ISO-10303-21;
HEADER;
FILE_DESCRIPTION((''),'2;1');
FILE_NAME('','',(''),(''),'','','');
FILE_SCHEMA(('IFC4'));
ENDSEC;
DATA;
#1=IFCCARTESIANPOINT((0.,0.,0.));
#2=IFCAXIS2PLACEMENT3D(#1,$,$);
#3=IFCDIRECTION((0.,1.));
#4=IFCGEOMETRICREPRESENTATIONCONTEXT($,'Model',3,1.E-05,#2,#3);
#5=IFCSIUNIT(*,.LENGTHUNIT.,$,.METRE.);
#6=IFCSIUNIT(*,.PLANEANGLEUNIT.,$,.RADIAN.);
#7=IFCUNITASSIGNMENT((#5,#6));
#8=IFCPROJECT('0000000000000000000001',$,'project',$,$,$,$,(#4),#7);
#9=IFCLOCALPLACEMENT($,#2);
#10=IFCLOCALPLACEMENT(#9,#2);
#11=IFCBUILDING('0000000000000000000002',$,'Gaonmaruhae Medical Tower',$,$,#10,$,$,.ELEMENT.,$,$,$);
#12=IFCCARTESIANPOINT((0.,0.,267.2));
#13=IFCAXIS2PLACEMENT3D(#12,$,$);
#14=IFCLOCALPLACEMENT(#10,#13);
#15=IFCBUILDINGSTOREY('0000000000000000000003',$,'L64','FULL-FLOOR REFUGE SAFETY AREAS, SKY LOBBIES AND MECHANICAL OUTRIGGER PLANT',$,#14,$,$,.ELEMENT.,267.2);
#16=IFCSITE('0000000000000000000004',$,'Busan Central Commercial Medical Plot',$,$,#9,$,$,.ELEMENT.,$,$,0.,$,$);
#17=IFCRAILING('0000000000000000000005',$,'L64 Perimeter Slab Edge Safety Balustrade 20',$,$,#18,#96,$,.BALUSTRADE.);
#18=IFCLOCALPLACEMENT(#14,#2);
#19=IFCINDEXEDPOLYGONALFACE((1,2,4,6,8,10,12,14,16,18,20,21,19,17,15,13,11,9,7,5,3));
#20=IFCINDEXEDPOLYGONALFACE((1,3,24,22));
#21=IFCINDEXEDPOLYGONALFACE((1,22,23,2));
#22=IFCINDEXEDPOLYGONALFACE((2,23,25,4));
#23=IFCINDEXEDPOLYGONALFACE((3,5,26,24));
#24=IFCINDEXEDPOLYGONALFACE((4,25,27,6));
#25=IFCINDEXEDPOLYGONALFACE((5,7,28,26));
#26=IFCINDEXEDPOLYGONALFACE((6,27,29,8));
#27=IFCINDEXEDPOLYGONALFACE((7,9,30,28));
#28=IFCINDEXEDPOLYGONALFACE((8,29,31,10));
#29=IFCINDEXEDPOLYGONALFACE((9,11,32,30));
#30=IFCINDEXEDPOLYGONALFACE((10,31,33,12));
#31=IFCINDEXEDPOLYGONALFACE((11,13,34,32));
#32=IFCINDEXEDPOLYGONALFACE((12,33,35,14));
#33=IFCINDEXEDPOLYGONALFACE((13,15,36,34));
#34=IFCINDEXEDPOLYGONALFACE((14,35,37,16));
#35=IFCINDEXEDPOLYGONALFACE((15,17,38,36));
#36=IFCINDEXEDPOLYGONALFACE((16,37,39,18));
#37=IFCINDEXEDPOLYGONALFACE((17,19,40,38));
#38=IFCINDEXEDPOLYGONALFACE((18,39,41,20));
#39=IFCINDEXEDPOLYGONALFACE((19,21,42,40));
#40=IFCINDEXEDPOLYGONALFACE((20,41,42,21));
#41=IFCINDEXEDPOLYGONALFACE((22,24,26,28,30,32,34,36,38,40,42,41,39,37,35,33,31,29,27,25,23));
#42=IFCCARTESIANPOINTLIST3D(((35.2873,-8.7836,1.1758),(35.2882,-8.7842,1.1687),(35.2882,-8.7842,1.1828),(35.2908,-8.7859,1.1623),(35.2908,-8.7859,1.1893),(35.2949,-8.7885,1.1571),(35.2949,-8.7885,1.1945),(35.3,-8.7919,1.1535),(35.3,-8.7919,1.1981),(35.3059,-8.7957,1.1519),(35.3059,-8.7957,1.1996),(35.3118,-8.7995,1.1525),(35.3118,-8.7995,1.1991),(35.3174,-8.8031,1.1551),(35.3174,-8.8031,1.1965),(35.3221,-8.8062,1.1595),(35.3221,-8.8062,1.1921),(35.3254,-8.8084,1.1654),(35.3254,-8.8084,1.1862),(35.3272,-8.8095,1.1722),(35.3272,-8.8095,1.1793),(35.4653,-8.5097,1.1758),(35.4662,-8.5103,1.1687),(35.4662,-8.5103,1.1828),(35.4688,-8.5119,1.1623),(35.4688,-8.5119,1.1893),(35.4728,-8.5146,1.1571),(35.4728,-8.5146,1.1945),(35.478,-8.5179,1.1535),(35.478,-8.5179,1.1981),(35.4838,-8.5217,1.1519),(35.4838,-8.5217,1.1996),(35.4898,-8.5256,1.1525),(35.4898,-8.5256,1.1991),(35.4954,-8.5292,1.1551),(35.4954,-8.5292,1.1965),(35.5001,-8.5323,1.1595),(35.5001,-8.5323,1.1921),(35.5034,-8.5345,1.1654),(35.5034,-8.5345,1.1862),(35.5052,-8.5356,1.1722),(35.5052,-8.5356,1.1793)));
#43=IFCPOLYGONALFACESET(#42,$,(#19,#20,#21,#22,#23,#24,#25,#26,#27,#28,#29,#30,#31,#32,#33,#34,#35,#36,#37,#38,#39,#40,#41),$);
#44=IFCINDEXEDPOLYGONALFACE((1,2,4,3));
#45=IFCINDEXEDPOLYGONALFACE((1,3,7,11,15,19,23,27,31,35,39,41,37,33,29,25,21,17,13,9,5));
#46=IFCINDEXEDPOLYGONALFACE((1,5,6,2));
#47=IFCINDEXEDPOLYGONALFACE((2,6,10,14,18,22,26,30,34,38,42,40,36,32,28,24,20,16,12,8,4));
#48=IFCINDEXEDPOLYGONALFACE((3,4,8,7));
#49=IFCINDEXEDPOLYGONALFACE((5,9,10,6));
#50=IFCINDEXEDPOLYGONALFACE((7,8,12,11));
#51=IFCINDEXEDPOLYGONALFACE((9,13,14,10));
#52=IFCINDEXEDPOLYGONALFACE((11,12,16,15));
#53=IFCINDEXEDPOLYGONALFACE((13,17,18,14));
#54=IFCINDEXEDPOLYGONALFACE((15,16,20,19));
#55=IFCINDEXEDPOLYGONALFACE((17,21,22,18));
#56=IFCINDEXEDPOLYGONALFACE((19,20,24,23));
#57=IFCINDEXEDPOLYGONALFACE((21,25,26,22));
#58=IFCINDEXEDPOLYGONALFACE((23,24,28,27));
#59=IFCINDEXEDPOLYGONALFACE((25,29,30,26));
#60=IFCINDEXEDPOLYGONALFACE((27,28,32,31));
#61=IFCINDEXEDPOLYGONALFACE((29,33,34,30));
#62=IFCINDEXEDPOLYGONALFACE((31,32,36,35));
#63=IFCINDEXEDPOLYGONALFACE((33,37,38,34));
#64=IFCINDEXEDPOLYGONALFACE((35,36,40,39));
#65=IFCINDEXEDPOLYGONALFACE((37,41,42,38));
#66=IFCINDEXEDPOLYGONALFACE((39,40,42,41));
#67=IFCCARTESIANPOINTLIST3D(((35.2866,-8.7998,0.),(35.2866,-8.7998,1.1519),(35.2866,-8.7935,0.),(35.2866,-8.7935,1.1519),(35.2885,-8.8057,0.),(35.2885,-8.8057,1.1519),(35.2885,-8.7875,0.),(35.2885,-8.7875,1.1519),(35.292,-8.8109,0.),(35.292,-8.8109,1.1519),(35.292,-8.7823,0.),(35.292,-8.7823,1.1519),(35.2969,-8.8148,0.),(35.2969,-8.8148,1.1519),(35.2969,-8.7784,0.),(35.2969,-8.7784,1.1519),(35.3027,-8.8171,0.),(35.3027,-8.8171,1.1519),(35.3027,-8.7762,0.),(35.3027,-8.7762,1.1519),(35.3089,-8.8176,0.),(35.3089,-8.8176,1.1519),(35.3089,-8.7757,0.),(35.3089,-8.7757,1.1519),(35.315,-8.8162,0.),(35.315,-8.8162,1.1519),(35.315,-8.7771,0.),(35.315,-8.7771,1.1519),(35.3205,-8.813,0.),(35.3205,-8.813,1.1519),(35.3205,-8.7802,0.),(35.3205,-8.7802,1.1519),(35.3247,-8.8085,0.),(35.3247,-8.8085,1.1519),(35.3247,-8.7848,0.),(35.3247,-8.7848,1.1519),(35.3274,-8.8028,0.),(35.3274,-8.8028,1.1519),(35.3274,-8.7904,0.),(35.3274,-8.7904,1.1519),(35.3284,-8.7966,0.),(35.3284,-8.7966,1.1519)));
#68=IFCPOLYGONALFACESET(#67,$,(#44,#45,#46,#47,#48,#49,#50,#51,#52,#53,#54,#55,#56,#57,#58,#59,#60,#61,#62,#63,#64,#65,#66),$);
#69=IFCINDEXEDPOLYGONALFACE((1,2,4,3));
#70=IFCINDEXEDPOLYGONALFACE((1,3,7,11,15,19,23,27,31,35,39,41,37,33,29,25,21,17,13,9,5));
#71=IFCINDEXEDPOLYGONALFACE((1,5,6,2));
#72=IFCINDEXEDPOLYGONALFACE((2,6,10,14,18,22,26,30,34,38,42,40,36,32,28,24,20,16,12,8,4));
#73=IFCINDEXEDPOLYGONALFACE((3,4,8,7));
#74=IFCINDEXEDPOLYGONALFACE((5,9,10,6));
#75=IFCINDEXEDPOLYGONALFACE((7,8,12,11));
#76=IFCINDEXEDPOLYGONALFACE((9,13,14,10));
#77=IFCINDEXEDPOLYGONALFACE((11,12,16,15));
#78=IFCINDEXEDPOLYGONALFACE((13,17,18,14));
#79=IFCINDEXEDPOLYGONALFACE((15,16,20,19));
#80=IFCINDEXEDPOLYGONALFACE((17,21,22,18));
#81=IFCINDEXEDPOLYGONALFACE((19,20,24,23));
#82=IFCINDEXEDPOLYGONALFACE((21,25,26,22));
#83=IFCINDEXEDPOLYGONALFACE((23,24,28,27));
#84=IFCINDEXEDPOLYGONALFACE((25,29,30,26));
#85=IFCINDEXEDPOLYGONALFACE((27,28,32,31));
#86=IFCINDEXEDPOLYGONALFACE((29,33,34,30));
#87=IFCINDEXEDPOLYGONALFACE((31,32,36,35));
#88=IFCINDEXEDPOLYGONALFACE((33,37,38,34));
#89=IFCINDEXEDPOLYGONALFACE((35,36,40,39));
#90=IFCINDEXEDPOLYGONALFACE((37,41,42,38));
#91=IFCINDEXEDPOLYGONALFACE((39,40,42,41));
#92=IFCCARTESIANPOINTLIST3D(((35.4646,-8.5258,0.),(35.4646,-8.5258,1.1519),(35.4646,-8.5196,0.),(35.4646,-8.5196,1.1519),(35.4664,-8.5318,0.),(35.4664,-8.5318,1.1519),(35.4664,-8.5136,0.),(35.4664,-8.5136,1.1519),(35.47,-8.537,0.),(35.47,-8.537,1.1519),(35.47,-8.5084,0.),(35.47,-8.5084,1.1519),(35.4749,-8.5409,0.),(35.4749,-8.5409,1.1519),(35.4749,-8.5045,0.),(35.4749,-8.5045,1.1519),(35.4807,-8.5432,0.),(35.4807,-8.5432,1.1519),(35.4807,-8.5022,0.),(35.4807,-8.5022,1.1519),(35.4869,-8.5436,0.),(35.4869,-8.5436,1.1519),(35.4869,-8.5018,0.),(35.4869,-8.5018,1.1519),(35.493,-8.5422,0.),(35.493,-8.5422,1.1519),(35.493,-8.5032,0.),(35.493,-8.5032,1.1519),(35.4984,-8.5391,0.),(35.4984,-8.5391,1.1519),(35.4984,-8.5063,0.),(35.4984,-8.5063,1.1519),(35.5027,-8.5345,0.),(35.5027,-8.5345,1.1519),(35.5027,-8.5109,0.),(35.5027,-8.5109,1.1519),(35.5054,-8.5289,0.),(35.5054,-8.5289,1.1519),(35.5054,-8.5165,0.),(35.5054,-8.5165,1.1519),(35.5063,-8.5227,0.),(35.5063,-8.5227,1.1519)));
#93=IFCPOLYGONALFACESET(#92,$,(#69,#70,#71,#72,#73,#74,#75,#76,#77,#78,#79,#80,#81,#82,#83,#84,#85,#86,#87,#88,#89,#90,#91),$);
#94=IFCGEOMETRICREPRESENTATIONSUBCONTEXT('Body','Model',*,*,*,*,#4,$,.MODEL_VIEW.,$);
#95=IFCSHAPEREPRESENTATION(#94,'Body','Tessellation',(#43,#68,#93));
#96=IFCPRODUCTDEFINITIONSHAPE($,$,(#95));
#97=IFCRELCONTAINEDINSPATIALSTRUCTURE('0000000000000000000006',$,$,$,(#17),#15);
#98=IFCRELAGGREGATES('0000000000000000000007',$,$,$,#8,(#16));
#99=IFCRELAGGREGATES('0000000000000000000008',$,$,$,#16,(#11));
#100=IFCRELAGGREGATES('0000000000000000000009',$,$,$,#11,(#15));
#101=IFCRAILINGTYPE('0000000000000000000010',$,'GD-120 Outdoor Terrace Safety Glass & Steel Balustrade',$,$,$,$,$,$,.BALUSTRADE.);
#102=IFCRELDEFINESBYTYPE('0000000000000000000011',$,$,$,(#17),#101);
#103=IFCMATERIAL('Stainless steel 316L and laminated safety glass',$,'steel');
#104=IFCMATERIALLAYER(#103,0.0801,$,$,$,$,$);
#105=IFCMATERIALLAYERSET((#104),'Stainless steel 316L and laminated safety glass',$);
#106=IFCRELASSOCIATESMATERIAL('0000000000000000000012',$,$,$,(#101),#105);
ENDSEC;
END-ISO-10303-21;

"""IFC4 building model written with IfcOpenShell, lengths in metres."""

from ifc_helpers import new_model, si_unit, direction, frame, origin, origin_2d, place, context, subcontext, project, spatial, circle, extrude, material, layer, layer_set, type_object, element, save


model = new_model("IFC4")

# Units and contexts
model_context = context("Model", 3, precision=1e-05, world=origin(), true_north=direction((0.0, 1.0)))
body_context = subcontext(model_context, "Body", "Model", "MODEL_VIEW")
ifc_project = project(units=[si_unit("LENGTHUNIT", "METRE"), si_unit("PLANEANGLEUNIT", "RADIAN")], contexts=[model_context])

# Site, building, storey
site_placement = place(None, origin())
site = spatial("IfcSite", under=ifc_project, at=site_placement, Name="Busan Central Commercial Medical Plot", CompositionType="ELEMENT", RefElevation=0.0)
building_placement = place(site_placement, origin())
building = spatial("IfcBuilding", under=site, at=building_placement, Name="Gaonmaruhae Medical Tower", CompositionType="ELEMENT")
storey_placement = place(building_placement, frame((0.0, 0.0, 267.2)))
storey = spatial("IfcBuildingStorey", under=building, at=storey_placement, Name="L64", Description="FULL-FLOOR REFUGE SAFETY AREAS, SKY LOBBIES AND MECHANICAL OUTRIGGER PLANT", CompositionType="ELEMENT", Elevation=267.2)

# Railing
ifc_material_1 = material(Name="Stainless steel 316L and laminated safety glass", Category="steel")
ifc_layer_1 = layer(ifc_material_1, 0.0801)
ifc_layer_set_1 = layer_set([ifc_layer_1], Name="Stainless steel 316L and laminated safety glass")
railing_type = type_object("IfcRailingType", Name="GD-120 Outdoor Terrace Safety Glass & Steel Balustrade", PredefinedType="BALUSTRADE", material=ifc_layer_set_1)
railing_1_placement = place(storey_placement, frame((35.3074, -8.7966, 0.0)))
element("IfcRailing", 1, at=railing_1_placement, inside=storey, type_object=railing_type, Name="L64 Perimeter Slab Edge Safety Balustrade 20", PredefinedType="BALUSTRADE", context=body_context, shape_type="SweptSolid", body=[
    extrude(circle(Radius=0.0239, at=origin_2d()), frame((0.0, 0.0, 1.1758), z_axis=(0.544831, 0.838546, 0.0), x_axis=(-0.838546, 0.544831, 0.0)), (0.0, 0.0, 1.0), 0.3267),
    extrude(circle(Radius=0.021, at=origin_2d()), origin(), (0.0, 0.0, 1.0), 1.1519),
    extrude(circle(Radius=0.021, at=origin_2d()), frame((0.178, 0.2739, 0.0)), (0.0, 0.0, 1.0), 1.1519),
])

save(model, "model.ifc")
